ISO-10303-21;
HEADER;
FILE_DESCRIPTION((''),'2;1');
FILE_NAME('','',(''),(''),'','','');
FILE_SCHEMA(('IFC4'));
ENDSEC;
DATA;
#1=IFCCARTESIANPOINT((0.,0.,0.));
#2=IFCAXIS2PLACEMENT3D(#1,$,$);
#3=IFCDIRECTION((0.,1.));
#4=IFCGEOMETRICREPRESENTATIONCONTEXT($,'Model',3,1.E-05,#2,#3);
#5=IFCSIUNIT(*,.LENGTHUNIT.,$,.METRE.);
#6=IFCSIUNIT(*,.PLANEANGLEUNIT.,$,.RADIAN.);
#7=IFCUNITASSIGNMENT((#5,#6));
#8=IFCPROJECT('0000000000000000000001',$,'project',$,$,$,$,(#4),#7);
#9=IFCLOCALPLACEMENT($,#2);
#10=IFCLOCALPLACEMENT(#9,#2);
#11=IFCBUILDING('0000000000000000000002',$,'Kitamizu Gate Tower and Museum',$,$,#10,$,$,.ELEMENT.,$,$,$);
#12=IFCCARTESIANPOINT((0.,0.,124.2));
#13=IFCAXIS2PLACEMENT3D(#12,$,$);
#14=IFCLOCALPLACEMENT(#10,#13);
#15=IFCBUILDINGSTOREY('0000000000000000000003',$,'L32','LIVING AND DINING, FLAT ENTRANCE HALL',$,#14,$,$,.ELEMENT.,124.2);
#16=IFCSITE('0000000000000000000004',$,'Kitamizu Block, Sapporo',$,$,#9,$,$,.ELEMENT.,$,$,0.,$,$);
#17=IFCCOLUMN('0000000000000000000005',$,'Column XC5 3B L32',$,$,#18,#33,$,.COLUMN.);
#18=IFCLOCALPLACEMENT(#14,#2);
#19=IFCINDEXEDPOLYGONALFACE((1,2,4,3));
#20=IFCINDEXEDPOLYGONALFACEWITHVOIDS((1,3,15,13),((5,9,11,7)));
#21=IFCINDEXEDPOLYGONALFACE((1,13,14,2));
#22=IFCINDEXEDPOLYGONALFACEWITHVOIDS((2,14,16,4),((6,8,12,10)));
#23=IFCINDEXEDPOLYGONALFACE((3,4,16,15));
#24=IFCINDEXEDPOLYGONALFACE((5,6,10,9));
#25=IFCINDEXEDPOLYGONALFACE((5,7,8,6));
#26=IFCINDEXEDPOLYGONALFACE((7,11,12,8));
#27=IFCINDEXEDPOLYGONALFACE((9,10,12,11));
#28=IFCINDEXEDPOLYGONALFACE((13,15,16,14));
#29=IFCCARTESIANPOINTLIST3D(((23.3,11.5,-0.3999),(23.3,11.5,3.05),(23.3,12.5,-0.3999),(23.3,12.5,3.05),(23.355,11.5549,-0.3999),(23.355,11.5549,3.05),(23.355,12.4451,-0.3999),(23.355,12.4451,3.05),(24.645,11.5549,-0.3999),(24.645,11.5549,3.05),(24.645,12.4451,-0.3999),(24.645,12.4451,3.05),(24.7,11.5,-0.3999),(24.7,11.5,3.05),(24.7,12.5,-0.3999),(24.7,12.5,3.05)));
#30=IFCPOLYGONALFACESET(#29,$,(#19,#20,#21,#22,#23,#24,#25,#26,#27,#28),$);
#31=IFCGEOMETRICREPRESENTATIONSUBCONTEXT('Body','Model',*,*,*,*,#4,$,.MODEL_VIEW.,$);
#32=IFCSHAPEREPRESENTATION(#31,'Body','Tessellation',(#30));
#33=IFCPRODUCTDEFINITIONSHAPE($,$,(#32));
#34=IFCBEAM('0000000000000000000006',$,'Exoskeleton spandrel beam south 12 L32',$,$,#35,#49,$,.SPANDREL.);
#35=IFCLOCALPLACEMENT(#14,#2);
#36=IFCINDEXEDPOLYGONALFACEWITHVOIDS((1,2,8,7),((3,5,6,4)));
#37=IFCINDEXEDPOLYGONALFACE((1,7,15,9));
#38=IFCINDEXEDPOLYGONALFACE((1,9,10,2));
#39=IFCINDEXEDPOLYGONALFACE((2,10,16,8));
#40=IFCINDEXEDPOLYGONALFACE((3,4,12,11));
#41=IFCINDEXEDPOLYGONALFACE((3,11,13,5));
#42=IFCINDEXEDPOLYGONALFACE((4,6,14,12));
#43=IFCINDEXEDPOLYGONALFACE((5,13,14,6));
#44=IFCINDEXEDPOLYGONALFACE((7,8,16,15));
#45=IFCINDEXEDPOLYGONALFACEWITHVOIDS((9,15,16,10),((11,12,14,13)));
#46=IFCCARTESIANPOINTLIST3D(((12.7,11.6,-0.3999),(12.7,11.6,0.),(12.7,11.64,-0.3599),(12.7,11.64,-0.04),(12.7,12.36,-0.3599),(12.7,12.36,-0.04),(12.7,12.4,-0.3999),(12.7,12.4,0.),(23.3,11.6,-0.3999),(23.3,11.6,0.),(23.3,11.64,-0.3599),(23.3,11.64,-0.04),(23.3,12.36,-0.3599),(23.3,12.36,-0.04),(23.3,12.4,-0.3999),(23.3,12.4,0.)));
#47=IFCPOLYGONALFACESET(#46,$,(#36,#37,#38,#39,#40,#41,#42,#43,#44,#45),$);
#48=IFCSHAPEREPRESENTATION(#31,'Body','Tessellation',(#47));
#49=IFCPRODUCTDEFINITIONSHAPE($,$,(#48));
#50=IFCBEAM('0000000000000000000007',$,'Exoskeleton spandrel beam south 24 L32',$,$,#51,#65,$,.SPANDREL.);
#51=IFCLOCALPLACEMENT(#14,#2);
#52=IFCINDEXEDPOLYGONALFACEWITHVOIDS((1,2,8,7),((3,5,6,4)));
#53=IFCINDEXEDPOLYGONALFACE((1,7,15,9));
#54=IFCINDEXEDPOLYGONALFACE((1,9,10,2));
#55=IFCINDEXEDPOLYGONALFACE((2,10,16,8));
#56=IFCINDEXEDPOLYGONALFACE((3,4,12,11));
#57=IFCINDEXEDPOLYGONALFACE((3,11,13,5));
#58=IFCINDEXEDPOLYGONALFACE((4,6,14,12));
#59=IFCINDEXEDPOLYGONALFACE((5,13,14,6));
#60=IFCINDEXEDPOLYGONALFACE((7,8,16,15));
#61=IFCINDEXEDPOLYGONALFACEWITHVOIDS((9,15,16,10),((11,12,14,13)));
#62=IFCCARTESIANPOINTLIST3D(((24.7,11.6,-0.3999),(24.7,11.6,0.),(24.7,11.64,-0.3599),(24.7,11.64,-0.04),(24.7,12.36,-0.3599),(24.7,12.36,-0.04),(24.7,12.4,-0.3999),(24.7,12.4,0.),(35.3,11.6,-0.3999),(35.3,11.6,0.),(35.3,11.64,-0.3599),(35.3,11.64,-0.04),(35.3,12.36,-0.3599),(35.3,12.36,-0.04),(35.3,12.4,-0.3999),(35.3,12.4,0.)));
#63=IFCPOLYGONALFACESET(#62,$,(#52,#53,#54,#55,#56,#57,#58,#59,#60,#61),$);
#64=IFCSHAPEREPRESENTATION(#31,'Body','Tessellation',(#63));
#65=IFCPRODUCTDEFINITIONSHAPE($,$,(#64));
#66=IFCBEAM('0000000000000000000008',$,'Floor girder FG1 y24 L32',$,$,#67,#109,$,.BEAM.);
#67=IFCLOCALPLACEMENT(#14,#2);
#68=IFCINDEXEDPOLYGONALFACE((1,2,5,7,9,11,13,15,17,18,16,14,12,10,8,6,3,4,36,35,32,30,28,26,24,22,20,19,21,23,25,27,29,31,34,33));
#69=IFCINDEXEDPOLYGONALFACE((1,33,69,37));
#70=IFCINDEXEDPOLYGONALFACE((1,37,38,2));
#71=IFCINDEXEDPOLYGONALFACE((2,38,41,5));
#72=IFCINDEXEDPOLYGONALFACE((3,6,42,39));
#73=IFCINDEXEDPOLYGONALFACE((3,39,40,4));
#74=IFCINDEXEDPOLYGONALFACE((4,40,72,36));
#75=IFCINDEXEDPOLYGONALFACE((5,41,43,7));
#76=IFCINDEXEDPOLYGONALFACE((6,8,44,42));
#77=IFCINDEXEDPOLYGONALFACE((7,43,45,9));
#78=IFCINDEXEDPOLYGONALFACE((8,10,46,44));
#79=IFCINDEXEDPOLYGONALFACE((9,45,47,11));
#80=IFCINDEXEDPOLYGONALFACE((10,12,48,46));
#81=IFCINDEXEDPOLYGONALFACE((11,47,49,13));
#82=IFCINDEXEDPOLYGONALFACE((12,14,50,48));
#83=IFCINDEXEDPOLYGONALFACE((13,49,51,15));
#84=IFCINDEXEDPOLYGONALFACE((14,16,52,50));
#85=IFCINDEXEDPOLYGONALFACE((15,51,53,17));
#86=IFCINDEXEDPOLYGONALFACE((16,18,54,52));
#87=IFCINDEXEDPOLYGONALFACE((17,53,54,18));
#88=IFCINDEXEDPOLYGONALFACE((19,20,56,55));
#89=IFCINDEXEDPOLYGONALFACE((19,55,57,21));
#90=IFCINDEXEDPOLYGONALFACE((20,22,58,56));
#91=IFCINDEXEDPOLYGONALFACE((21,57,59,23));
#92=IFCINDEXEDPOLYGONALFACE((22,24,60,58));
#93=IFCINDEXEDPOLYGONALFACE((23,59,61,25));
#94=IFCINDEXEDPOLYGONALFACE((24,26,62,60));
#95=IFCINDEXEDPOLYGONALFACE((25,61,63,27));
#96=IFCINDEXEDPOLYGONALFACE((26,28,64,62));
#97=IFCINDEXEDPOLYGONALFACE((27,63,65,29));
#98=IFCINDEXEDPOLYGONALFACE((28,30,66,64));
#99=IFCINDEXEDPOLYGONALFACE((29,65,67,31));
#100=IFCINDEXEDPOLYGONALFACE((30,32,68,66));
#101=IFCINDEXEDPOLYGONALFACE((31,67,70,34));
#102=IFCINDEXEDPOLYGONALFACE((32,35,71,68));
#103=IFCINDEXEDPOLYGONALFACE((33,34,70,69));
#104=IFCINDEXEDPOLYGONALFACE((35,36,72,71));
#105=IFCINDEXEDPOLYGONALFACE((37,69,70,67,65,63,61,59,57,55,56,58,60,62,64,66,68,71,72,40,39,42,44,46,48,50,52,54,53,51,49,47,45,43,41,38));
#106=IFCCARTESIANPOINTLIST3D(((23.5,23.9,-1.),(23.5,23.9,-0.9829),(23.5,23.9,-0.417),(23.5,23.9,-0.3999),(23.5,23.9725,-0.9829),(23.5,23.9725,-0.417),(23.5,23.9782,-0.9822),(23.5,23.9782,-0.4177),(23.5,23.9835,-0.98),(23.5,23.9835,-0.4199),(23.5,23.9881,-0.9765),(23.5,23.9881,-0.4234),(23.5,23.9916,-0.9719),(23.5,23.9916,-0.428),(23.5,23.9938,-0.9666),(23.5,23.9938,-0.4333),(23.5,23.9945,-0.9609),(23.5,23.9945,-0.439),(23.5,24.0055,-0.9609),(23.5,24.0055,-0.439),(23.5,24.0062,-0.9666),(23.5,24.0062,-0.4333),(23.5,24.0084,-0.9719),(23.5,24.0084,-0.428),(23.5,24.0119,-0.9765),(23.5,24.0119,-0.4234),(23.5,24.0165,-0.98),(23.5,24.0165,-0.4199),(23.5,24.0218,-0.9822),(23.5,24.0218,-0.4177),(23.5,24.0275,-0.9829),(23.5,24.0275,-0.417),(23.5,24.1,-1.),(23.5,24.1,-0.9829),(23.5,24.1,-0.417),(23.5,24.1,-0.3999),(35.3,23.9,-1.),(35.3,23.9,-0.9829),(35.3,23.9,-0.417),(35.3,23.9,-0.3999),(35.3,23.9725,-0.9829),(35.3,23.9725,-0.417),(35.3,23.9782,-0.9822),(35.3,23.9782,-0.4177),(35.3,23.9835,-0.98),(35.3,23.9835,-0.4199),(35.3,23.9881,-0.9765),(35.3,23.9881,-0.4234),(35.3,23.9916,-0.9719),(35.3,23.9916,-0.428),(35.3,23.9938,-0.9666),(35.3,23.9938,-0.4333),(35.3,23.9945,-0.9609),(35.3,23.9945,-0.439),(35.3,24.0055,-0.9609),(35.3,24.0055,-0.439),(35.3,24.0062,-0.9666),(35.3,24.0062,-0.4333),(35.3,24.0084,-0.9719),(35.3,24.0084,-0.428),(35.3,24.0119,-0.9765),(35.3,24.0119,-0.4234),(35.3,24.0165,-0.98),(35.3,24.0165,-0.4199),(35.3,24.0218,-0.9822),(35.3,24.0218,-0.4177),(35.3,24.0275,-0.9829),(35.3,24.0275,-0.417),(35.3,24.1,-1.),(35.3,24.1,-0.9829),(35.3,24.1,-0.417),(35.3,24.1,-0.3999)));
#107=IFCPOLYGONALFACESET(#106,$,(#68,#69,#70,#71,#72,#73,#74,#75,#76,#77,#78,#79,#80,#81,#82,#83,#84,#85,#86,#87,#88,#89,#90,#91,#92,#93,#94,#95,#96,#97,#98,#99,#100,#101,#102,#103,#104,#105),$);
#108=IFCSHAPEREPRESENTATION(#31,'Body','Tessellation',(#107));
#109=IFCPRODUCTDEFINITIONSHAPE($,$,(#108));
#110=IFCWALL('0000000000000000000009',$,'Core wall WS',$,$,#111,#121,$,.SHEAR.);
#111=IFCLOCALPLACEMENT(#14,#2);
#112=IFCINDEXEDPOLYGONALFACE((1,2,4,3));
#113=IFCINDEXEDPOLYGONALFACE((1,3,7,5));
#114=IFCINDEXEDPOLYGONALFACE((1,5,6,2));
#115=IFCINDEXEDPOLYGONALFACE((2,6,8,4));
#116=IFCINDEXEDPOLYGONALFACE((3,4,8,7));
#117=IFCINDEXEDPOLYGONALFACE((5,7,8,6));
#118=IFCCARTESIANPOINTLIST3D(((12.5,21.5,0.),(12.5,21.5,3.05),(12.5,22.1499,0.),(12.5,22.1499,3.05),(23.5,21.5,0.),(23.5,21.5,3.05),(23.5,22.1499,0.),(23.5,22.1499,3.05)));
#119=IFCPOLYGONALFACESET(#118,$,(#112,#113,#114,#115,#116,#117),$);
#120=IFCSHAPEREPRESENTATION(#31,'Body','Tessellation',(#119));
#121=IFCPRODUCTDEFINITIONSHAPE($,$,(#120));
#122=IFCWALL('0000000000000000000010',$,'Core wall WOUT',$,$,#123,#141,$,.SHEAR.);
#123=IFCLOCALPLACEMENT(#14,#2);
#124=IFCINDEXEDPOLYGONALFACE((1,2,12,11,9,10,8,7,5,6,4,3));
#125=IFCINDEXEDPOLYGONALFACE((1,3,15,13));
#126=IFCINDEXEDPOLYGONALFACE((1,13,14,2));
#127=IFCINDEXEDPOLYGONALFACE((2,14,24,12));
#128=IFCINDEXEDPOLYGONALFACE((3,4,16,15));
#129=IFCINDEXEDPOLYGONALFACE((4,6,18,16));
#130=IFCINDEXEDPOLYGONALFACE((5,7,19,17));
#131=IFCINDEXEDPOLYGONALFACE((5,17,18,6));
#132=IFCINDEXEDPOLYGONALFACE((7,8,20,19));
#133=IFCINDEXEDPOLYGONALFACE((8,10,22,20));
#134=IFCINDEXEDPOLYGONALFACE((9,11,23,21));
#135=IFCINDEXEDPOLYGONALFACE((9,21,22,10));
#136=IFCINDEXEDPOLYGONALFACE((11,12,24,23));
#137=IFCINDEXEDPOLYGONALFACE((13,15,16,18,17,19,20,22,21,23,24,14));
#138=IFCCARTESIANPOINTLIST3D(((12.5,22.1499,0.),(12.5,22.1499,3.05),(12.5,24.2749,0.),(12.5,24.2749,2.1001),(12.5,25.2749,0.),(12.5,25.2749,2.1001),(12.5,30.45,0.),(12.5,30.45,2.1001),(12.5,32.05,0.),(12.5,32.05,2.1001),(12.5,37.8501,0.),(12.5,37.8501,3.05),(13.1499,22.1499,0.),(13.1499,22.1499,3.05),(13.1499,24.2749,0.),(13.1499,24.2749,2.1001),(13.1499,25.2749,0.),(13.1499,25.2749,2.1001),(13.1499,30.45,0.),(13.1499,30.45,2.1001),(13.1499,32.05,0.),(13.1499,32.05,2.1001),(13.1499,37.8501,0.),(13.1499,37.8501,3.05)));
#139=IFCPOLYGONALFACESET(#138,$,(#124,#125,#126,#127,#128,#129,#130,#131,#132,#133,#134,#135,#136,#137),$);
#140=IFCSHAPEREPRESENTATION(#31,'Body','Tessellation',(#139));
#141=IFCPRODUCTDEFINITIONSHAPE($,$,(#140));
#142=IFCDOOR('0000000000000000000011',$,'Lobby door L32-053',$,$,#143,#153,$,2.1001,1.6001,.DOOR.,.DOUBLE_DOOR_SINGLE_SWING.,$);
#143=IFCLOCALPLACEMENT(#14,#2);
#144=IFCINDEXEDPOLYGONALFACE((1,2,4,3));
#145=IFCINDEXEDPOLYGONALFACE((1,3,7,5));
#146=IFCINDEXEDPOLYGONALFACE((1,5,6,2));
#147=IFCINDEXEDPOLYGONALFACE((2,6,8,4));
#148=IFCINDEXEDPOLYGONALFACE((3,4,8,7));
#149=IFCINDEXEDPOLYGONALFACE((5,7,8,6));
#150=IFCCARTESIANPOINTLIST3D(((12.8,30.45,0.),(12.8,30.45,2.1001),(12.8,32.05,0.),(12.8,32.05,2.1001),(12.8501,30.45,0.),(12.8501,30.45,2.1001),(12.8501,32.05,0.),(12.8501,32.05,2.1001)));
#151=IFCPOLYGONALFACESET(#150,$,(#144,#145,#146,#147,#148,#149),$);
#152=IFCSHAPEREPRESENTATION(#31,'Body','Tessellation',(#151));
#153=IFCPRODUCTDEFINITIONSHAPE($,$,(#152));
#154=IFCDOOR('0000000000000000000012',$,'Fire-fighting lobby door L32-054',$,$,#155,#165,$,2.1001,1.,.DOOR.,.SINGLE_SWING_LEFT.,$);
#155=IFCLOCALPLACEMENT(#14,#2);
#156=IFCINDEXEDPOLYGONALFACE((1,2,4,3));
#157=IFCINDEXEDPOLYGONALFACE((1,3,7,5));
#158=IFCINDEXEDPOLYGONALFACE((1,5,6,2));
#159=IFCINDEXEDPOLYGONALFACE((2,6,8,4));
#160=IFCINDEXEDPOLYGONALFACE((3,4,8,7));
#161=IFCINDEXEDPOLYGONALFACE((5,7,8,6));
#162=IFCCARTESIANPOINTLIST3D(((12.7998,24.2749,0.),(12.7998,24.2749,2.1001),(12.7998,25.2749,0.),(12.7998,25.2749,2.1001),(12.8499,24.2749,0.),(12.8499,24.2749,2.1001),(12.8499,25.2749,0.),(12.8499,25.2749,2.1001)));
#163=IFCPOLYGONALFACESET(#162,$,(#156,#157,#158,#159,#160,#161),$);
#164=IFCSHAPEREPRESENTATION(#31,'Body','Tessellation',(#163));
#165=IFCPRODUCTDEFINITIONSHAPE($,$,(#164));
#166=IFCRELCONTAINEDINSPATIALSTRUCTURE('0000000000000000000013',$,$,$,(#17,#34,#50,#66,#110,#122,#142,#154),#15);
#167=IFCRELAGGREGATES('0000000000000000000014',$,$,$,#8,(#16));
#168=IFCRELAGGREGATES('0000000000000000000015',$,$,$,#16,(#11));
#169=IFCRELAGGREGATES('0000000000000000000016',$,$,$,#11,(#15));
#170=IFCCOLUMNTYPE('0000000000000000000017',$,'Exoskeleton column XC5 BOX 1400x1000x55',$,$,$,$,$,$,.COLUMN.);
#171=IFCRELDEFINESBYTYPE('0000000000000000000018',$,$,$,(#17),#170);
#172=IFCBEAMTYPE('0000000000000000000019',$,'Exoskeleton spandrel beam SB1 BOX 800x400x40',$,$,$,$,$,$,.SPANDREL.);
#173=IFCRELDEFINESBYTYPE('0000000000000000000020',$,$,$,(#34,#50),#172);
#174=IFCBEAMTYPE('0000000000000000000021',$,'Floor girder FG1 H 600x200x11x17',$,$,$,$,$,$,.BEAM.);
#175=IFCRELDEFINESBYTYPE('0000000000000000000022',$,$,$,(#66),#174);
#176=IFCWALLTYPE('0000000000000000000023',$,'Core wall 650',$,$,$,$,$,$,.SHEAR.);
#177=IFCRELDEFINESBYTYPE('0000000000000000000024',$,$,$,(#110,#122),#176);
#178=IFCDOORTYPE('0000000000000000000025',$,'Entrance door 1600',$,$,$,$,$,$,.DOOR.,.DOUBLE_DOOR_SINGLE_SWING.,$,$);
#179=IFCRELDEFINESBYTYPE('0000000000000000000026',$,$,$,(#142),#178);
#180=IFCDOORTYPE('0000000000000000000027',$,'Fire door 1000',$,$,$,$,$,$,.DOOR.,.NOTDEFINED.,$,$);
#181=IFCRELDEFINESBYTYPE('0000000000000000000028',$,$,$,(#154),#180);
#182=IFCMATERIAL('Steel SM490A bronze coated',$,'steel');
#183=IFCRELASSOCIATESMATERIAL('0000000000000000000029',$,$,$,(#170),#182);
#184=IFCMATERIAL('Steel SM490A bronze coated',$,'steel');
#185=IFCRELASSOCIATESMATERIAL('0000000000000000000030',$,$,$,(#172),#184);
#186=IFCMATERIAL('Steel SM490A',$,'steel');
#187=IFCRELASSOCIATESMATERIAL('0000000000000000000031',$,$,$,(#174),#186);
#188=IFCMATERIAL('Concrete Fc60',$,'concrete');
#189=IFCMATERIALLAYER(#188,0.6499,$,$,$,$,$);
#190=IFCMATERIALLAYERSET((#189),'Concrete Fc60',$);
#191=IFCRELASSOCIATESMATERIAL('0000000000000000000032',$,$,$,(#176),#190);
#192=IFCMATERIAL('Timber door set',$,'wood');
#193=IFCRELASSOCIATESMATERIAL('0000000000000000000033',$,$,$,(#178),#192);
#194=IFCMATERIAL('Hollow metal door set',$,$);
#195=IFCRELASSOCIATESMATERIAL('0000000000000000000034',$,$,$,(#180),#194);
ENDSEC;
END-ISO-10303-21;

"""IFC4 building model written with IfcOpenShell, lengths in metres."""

from ifc_helpers import new_model, si_unit, direction, frame, frame_2d, origin, origin_2d, place, context, subcontext, project, spatial, rectangle, hollow_rectangle, i_section, extrude, material, layer, layer_set, material_profile, profile_set, type_object, element, fill, save


model = new_model("IFC4")

# Units and contexts
model_context = context("Model", 3, precision=1e-05, world=origin(), true_north=direction((0.0, 1.0)))
body_context = subcontext(model_context, "Body", "Model", "MODEL_VIEW")
ifc_project = project(units=[si_unit("LENGTHUNIT", "METRE"), si_unit("PLANEANGLEUNIT", "RADIAN")], contexts=[model_context])

# Site, building, storey
site_placement = place(None, origin())
site = spatial("IfcSite", under=ifc_project, at=site_placement, Name="Kitamizu Block, Sapporo", CompositionType="ELEMENT", RefElevation=0.0)
building_placement = place(site_placement, origin())
building = spatial("IfcBuilding", under=site, at=building_placement, Name="Kitamizu Gate Tower and Museum", CompositionType="ELEMENT")
storey_placement = place(building_placement, frame((0.0, 0.0, 124.2)))
storey = spatial("IfcBuildingStorey", under=building, at=storey_placement, Name="L32", Description="LIVING AND DINING, FLAT ENTRANCE HALL", CompositionType="ELEMENT", Elevation=124.2)

# Column
ifc_material_1 = material(Name="Steel SM490A bronze coated", Category="steel")
ifc_material_profile_1 = material_profile(ifc_material_1, hollow_rectangle(XDim=1.3999, YDim=1.0, WallThickness=0.0549, at=origin_2d()), Name="BOX 1400x1000x55")
ifc_profile_set_1 = profile_set([ifc_material_profile_1], Name="Steel SM490A bronze coated")
column_type = type_object("IfcColumnType", Name="Exoskeleton column XC5 BOX 1400x1000x55", PredefinedType="COLUMN", material=ifc_profile_set_1)
column_placement = place(storey_placement, frame((24.0, 12.0, -0.3999), z_axis=(0.0, 0.0, 1.0), x_axis=(1.0, 0.0, 0.0)))
element("IfcColumn", 1, at=column_placement, inside=storey, type_object=column_type, Name="Column XC5 3B L32", PredefinedType="COLUMN", context=body_context, shape_type="SweptSolid", body=[
    extrude(hollow_rectangle(XDim=1.3999, YDim=1.0, WallThickness=0.0549, at=origin_2d()), origin(), (0.0, 0.0, 1.0), 3.45),
])

# Beams
ifc_material_2 = material(Name="Steel SM490A bronze coated", Category="steel")
ifc_material_profile_2 = material_profile(ifc_material_2, hollow_rectangle(XDim=0.8, YDim=0.3999, WallThickness=0.04, at=origin_2d()), Name="BOX 800x400x40")
ifc_profile_set_2 = profile_set([ifc_material_profile_2], Name="Steel SM490A bronze coated")
beam_type_1 = type_object("IfcBeamType", Name="Exoskeleton spandrel beam SB1 BOX 800x400x40", PredefinedType="SPANDREL", material=ifc_profile_set_2)
for number, where, z_axis, x_axis, name in (
    (2, (12.7, 12.0, -0.2), (1.0, 0.0, 0.0), (0.0, 1.0, 0.0), "Exoskeleton spandrel beam south 12 L32"),
    (3, (24.7, 12.0, -0.2), (1.0, 0.0, 0.0), (0.0, 1.0, 0.0), "Exoskeleton spandrel beam south 24 L32"),
):
    element("IfcBeam", number, at=place(storey_placement, frame(where, z_axis=z_axis, x_axis=x_axis)), inside=storey, type_object=beam_type_1, Name=name, PredefinedType="SPANDREL", context=body_context, shape_type="SweptSolid", body=[
        extrude(hollow_rectangle(XDim=0.8, YDim=0.3999, WallThickness=0.04, at=origin_2d()), origin(), (0.0, 0.0, 1.0), 10.6001),
    ])
ifc_material_3 = material(Name="Steel SM490A", Category="steel")
ifc_material_profile_3 = material_profile(ifc_material_3, i_section(OverallWidth=0.2, OverallDepth=0.6001, WebThickness=0.011, FlangeThickness=0.0171, FilletRadius=0.022, at=origin_2d()), Name="H-600x200x11x17")
ifc_profile_set_3 = profile_set([ifc_material_profile_3], Name="Steel SM490A")
beam_type_2 = type_object("IfcBeamType", Name="Floor girder FG1 H 600x200x11x17", PredefinedType="BEAM", material=ifc_profile_set_3)
beam_placement = place(storey_placement, frame((23.5, 24.0, -0.7), z_axis=(1.0, 0.0, 0.0), x_axis=(0.0, 1.0, 0.0)))
element("IfcBeam", 4, at=beam_placement, inside=storey, type_object=beam_type_2, Name="Floor girder FG1 y24 L32", PredefinedType="BEAM", context=body_context, shape_type="SweptSolid", body=[
    extrude(i_section(OverallWidth=0.2, OverallDepth=0.6001, WebThickness=0.011, FlangeThickness=0.0171, FilletRadius=0.022, at=origin_2d()), origin(), (0.0, 0.0, 1.0), 11.8),
])

# Wall
ifc_material_4 = material(Name="Concrete Fc60", Category="concrete")
ifc_layer_1 = layer(ifc_material_4, 0.6499)
ifc_layer_set_1 = layer_set([ifc_layer_1], Name="Concrete Fc60")
wall_type_1 = type_object("IfcWallType", Name="Core wall 650", PredefinedType="SHEAR", material=ifc_layer_set_1)
wall_1_placement = place(storey_placement, frame((12.5, 21.825, 0.0), z_axis=(0.0, 0.0, 1.0), x_axis=(1.0, 0.0, 0.0)))
element("IfcWall", 5, at=wall_1_placement, inside=storey, type_object=wall_type_1, Name="Core wall WS", PredefinedType="SHEAR", context=body_context, shape_type="SweptSolid", body=[
    extrude(rectangle(XDim=11.0, YDim=0.6499, at=frame_2d((5.5, 0.0))), origin(), (0.0, 0.0, 1.0), 3.05),
])

# Wall, openings, doors
wall_2_placement = place(storey_placement, frame((12.825, 22.1499, 0.0), z_axis=(0.0, 0.0, 1.0), x_axis=(0.0, 1.0, 0.0)))
wall_2 = element("IfcWall", 6, at=wall_2_placement, inside=storey, type_object=wall_type_1, Name="Core wall WOUT", PredefinedType="SHEAR", context=body_context, shape_type="SweptSolid", body=[
    extrude(rectangle(XDim=15.7002, YDim=0.6499, at=frame_2d((7.8501, 0.0))), origin(), (0.0, 0.0, 1.0), 3.05),
])
opening_1_placement = place(wall_2_placement, frame((8.3, 0.0, 0.0)))
opening_1 = element("IfcOpeningElement", 7, at=opening_1_placement, cuts=wall_2, PredefinedType="OPENING", context=body_context, shape_type="SweptSolid", body=[
    extrude(rectangle(XDim=1.6001, YDim=2.1001, at=frame_2d((0.8, 1.05))), frame((0.0, 0.335, 0.0), z_axis=(0.0, -1.0, 0.0), x_axis=(1.0, 0.0, 0.0)), (0.0, 0.0, 1.0), 0.6699),
])
opening_2_placement = place(wall_2_placement, frame((2.125, 0.0, 0.0)))
opening_2 = element("IfcOpeningElement", 8, at=opening_2_placement, cuts=wall_2, PredefinedType="OPENING", context=body_context, shape_type="SweptSolid", body=[
    extrude(rectangle(XDim=1.0, YDim=2.1001, at=frame_2d((0.5, 1.05))), frame((0.0, 0.335, 0.0), z_axis=(0.0, -1.0, 0.0), x_axis=(1.0, 0.0, 0.0)), (0.0, 0.0, 1.0), 0.6699),
])
ifc_material_5 = material(Name="Timber door set", Category="wood")
door_type_1 = type_object("IfcDoorType", Name="Entrance door 1600", OperationType="DOUBLE_DOOR_SINGLE_SWING", PredefinedType="DOOR", material=ifc_material_5)
door_1_placement = place(opening_1_placement, origin())
door_1 = element("IfcDoor", 9, at=door_1_placement, inside=storey, type_object=door_type_1, Name="Lobby door L32-053", OperationType="DOUBLE_DOOR_SINGLE_SWING", OverallHeight=2.1001, OverallWidth=1.6001, PredefinedType="DOOR", context=body_context, shape_type="SweptSolid", body=[
    extrude(rectangle(XDim=1.6001, YDim=2.1001, at=frame_2d((0.8, 1.05))), frame((0.0, 0.0249, 0.0), z_axis=(0.0, -1.0, 0.0), x_axis=(1.0, 0.0, 0.0)), (0.0, 0.0, 1.0), 0.05),
])
fill(opening_1, door_1)
ifc_material_6 = material(Name="Hollow metal door set")
door_type_2 = type_object("IfcDoorType", Name="Fire door 1000", OperationType="NOTDEFINED", PredefinedType="DOOR", material=ifc_material_6)
door_2_placement = place(opening_2_placement, frame((1.0, 0.0, 0.0), x_axis=(-1.0, 0.0, 0.0)))
door_2 = element("IfcDoor", 10, at=door_2_placement, inside=storey, type_object=door_type_2, Name="Fire-fighting lobby door L32-054", OperationType="SINGLE_SWING_LEFT", OverallHeight=2.1001, OverallWidth=1.0, PredefinedType="DOOR", context=body_context, shape_type="SweptSolid", body=[
    extrude(rectangle(XDim=1.0, YDim=2.1001, at=frame_2d((0.5, 1.05))), frame((0.0, 0.0249, 0.0), z_axis=(0.0, -1.0, 0.0), x_axis=(1.0, 0.0, 0.0)), (0.0, 0.0, 1.0), 0.05),
])
fill(opening_2, door_2)

save(model, "model.ifc")
